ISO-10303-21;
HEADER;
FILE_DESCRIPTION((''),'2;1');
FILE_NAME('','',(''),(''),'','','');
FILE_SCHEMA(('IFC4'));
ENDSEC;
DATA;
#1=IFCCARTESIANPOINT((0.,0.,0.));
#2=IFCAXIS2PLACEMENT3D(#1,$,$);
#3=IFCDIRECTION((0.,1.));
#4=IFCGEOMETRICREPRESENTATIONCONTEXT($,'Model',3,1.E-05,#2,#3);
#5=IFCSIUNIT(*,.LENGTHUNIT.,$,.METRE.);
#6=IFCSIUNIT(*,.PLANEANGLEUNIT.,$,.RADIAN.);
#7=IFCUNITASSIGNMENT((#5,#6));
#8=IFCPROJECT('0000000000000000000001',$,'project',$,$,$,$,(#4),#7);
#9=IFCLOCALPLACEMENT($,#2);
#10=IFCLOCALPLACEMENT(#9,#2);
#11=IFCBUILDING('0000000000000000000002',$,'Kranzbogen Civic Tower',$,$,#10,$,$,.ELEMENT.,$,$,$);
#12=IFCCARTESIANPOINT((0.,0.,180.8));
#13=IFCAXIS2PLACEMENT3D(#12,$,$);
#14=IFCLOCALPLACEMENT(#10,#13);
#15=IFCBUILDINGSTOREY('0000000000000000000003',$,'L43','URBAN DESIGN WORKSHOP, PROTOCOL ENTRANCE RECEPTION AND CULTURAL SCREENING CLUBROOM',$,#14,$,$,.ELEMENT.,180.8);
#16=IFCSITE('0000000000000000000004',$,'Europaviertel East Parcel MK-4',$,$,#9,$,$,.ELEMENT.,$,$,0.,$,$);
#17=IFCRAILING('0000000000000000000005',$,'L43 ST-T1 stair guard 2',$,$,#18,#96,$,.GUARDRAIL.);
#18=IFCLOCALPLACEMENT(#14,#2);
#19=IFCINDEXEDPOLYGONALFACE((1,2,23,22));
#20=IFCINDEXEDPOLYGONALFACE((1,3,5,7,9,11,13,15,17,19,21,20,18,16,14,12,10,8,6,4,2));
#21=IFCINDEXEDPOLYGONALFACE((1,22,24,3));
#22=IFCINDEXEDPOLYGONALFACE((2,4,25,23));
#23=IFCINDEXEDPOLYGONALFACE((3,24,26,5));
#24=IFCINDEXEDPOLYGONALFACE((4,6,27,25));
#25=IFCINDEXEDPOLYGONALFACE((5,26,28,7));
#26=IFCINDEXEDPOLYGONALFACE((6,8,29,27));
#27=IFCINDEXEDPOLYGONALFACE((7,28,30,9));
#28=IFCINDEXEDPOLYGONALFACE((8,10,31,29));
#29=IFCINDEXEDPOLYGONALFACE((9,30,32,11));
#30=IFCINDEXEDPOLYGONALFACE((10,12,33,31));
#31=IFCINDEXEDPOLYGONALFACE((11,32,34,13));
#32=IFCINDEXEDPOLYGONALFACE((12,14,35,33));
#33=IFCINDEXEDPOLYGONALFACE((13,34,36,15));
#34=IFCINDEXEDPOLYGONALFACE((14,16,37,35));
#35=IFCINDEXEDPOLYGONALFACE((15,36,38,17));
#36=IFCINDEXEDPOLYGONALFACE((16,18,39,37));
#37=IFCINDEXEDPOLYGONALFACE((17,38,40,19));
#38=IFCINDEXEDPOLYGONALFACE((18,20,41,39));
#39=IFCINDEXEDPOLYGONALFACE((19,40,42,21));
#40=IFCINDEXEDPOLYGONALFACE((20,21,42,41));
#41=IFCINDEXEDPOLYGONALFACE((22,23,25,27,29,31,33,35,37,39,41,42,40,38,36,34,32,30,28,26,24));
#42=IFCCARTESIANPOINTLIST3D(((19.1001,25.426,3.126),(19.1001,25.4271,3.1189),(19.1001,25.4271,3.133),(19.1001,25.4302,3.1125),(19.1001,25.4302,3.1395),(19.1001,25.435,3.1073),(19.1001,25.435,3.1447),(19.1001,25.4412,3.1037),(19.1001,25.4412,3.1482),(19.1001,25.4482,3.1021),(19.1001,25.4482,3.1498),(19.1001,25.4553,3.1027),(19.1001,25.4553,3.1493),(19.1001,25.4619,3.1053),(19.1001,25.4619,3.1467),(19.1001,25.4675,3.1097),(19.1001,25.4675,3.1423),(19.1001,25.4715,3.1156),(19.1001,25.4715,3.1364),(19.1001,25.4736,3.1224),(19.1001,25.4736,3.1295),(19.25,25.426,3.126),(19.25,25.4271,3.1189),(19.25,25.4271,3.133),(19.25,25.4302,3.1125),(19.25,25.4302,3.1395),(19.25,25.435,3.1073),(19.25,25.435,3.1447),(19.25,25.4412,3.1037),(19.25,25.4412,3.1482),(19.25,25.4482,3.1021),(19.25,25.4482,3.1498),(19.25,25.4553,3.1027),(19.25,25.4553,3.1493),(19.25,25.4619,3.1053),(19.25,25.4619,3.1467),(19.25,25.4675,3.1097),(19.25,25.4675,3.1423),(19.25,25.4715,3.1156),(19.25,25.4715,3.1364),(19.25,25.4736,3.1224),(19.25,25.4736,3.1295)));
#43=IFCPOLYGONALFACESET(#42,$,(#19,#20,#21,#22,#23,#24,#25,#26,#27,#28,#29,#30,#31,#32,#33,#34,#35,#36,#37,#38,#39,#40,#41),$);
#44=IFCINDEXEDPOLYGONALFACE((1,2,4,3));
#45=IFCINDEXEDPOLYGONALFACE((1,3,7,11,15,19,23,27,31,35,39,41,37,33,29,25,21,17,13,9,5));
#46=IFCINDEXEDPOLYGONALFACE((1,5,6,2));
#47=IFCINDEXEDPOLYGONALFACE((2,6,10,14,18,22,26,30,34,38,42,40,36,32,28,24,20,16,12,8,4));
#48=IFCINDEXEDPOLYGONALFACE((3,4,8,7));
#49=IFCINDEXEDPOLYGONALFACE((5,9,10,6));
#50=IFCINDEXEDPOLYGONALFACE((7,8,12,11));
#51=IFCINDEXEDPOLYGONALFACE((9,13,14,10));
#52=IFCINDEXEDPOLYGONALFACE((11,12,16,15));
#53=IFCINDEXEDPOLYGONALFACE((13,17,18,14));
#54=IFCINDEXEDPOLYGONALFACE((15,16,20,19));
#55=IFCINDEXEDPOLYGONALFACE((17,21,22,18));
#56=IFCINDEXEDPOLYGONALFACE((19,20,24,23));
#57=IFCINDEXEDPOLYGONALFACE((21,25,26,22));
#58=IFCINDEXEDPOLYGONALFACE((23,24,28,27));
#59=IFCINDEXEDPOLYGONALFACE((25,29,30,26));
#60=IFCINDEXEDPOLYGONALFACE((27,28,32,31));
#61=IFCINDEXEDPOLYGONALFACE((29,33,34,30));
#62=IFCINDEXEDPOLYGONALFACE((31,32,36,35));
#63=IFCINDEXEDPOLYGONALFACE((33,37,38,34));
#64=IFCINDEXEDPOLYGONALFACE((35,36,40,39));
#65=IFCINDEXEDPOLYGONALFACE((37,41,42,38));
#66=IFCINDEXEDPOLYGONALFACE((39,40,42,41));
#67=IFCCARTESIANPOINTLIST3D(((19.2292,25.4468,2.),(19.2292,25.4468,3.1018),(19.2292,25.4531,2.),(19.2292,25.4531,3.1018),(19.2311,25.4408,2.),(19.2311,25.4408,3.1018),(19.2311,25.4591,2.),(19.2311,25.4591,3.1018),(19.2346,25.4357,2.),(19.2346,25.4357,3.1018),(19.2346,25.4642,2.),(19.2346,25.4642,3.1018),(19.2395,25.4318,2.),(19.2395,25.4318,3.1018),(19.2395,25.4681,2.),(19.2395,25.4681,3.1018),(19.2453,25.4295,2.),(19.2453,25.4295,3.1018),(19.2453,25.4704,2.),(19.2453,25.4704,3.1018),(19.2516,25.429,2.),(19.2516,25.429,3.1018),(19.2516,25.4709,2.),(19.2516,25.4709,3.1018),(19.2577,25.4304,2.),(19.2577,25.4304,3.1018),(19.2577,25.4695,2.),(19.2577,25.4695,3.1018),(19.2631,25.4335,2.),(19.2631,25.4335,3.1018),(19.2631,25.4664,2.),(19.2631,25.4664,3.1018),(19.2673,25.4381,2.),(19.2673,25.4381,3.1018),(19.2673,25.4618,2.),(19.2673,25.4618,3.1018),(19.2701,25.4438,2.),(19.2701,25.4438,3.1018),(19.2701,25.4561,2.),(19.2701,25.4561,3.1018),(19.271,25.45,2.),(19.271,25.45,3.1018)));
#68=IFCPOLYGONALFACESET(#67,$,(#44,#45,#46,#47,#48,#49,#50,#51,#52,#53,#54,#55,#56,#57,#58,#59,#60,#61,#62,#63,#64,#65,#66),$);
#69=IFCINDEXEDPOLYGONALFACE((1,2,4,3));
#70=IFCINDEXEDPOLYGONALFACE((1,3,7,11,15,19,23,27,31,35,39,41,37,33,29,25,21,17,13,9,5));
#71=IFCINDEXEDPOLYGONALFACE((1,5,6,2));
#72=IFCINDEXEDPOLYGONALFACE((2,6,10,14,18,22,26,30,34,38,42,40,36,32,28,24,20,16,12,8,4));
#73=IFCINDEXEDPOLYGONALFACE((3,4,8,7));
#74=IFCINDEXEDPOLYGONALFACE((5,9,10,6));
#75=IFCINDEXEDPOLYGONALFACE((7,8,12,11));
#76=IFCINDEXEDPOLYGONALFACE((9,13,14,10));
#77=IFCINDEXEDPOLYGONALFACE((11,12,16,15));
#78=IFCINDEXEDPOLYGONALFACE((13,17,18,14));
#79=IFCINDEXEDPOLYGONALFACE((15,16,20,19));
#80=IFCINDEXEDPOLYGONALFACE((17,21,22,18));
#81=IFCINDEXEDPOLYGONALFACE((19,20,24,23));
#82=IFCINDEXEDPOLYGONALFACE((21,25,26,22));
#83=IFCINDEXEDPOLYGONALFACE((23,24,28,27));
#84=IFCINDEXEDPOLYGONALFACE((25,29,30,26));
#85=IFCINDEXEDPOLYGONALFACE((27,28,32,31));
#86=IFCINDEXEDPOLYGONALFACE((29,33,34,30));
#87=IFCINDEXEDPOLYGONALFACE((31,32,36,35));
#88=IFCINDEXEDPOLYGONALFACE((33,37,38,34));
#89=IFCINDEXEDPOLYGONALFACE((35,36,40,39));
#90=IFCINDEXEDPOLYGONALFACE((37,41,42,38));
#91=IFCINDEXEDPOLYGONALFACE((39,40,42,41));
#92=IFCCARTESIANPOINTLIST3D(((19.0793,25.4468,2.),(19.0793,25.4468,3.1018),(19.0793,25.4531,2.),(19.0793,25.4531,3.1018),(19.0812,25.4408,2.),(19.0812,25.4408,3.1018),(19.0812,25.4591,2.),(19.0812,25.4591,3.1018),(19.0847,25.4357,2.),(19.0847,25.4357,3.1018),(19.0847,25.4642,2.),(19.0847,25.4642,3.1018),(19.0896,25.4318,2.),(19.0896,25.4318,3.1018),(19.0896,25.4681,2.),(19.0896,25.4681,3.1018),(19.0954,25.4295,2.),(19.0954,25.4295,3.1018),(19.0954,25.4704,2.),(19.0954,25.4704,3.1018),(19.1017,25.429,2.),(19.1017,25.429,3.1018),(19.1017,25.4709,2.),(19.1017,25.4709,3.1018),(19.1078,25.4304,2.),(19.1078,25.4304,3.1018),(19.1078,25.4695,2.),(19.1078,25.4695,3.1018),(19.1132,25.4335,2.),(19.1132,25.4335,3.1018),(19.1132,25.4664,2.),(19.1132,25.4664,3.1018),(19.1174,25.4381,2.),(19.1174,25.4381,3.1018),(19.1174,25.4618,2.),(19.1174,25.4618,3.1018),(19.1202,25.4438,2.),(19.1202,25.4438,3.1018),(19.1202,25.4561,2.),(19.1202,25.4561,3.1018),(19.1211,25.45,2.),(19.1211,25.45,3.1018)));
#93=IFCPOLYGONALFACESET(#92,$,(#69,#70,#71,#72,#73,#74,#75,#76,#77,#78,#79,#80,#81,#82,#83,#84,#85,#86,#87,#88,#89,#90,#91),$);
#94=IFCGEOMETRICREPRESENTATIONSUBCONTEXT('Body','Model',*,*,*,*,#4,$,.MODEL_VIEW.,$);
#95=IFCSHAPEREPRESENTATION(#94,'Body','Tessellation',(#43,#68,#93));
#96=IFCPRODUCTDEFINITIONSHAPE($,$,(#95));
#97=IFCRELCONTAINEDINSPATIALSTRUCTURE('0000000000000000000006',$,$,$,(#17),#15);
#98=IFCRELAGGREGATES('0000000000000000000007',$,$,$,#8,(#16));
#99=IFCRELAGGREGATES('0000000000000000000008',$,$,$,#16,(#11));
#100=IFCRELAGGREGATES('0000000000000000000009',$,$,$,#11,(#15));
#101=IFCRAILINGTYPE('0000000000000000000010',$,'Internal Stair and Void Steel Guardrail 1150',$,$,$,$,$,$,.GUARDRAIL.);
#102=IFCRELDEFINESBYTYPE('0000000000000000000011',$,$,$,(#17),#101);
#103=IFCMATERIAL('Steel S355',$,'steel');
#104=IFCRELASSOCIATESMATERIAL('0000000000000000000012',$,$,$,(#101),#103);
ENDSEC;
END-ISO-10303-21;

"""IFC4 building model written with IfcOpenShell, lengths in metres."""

from ifc_helpers import new_model, si_unit, direction, frame, origin, origin_2d, place, context, subcontext, project, spatial, circle, extrude, material, type_object, element, save


model = new_model("IFC4")

# Units and contexts
model_context = context("Model", 3, precision=1e-05, world=origin(), true_north=direction((0.0, 1.0)))
body_context = subcontext(model_context, "Body", "Model", "MODEL_VIEW")
ifc_project = project(units=[si_unit("LENGTHUNIT", "METRE"), si_unit("PLANEANGLEUNIT", "RADIAN")], contexts=[model_context])

# Site, building, storey
site_placement = place(None, origin())
site = spatial("IfcSite", under=ifc_project, at=site_placement, Name="Europaviertel East Parcel MK-4", CompositionType="ELEMENT", RefElevation=0.0)
building_placement = place(site_placement, origin())
building = spatial("IfcBuilding", under=site, at=building_placement, Name="Kranzbogen Civic Tower", CompositionType="ELEMENT")
storey_placement = place(building_placement, frame((0.0, 0.0, 180.8)))
storey = spatial("IfcBuildingStorey", under=building, at=storey_placement, Name="L43", Description="URBAN DESIGN WORKSHOP, PROTOCOL ENTRANCE RECEPTION AND CULTURAL SCREENING CLUBROOM", CompositionType="ELEMENT", Elevation=180.8)

# Shared definitions
ifc_material_1 = material(Name="Steel S355", Category="steel")

# Railing
railing_type_1 = type_object("IfcRailingType", Name="Internal Stair and Void Steel Guardrail 1150", PredefinedType="GUARDRAIL", material=ifc_material_1)
railing_1_placement = place(storey_placement, frame((19.25, 25.45, 2.0)))
element("IfcRailing", 1, at=railing_1_placement, inside=storey, type_object=railing_type_1, Name="L43 ST-T1 stair guard 2", PredefinedType="GUARDRAIL", context=body_context, shape_type="SweptSolid", body=[
    extrude(circle(Radius=0.0239, at=origin_2d()), frame((0.0, 0.0, 1.126), z_axis=(-1.0, 0.0, 0.0), x_axis=(0.0, -1.0, 0.0)), (0.0, 0.0, 1.0), 0.1499),
    extrude(circle(Radius=0.021, at=origin_2d()), origin(), (0.0, 0.0, 1.0), 1.1018),
    extrude(circle(Radius=0.021, at=origin_2d()), frame((-0.1499, 0.0, 0.0)), (0.0, 0.0, 1.0), 1.1018),
])

save(model, "model.ifc")
